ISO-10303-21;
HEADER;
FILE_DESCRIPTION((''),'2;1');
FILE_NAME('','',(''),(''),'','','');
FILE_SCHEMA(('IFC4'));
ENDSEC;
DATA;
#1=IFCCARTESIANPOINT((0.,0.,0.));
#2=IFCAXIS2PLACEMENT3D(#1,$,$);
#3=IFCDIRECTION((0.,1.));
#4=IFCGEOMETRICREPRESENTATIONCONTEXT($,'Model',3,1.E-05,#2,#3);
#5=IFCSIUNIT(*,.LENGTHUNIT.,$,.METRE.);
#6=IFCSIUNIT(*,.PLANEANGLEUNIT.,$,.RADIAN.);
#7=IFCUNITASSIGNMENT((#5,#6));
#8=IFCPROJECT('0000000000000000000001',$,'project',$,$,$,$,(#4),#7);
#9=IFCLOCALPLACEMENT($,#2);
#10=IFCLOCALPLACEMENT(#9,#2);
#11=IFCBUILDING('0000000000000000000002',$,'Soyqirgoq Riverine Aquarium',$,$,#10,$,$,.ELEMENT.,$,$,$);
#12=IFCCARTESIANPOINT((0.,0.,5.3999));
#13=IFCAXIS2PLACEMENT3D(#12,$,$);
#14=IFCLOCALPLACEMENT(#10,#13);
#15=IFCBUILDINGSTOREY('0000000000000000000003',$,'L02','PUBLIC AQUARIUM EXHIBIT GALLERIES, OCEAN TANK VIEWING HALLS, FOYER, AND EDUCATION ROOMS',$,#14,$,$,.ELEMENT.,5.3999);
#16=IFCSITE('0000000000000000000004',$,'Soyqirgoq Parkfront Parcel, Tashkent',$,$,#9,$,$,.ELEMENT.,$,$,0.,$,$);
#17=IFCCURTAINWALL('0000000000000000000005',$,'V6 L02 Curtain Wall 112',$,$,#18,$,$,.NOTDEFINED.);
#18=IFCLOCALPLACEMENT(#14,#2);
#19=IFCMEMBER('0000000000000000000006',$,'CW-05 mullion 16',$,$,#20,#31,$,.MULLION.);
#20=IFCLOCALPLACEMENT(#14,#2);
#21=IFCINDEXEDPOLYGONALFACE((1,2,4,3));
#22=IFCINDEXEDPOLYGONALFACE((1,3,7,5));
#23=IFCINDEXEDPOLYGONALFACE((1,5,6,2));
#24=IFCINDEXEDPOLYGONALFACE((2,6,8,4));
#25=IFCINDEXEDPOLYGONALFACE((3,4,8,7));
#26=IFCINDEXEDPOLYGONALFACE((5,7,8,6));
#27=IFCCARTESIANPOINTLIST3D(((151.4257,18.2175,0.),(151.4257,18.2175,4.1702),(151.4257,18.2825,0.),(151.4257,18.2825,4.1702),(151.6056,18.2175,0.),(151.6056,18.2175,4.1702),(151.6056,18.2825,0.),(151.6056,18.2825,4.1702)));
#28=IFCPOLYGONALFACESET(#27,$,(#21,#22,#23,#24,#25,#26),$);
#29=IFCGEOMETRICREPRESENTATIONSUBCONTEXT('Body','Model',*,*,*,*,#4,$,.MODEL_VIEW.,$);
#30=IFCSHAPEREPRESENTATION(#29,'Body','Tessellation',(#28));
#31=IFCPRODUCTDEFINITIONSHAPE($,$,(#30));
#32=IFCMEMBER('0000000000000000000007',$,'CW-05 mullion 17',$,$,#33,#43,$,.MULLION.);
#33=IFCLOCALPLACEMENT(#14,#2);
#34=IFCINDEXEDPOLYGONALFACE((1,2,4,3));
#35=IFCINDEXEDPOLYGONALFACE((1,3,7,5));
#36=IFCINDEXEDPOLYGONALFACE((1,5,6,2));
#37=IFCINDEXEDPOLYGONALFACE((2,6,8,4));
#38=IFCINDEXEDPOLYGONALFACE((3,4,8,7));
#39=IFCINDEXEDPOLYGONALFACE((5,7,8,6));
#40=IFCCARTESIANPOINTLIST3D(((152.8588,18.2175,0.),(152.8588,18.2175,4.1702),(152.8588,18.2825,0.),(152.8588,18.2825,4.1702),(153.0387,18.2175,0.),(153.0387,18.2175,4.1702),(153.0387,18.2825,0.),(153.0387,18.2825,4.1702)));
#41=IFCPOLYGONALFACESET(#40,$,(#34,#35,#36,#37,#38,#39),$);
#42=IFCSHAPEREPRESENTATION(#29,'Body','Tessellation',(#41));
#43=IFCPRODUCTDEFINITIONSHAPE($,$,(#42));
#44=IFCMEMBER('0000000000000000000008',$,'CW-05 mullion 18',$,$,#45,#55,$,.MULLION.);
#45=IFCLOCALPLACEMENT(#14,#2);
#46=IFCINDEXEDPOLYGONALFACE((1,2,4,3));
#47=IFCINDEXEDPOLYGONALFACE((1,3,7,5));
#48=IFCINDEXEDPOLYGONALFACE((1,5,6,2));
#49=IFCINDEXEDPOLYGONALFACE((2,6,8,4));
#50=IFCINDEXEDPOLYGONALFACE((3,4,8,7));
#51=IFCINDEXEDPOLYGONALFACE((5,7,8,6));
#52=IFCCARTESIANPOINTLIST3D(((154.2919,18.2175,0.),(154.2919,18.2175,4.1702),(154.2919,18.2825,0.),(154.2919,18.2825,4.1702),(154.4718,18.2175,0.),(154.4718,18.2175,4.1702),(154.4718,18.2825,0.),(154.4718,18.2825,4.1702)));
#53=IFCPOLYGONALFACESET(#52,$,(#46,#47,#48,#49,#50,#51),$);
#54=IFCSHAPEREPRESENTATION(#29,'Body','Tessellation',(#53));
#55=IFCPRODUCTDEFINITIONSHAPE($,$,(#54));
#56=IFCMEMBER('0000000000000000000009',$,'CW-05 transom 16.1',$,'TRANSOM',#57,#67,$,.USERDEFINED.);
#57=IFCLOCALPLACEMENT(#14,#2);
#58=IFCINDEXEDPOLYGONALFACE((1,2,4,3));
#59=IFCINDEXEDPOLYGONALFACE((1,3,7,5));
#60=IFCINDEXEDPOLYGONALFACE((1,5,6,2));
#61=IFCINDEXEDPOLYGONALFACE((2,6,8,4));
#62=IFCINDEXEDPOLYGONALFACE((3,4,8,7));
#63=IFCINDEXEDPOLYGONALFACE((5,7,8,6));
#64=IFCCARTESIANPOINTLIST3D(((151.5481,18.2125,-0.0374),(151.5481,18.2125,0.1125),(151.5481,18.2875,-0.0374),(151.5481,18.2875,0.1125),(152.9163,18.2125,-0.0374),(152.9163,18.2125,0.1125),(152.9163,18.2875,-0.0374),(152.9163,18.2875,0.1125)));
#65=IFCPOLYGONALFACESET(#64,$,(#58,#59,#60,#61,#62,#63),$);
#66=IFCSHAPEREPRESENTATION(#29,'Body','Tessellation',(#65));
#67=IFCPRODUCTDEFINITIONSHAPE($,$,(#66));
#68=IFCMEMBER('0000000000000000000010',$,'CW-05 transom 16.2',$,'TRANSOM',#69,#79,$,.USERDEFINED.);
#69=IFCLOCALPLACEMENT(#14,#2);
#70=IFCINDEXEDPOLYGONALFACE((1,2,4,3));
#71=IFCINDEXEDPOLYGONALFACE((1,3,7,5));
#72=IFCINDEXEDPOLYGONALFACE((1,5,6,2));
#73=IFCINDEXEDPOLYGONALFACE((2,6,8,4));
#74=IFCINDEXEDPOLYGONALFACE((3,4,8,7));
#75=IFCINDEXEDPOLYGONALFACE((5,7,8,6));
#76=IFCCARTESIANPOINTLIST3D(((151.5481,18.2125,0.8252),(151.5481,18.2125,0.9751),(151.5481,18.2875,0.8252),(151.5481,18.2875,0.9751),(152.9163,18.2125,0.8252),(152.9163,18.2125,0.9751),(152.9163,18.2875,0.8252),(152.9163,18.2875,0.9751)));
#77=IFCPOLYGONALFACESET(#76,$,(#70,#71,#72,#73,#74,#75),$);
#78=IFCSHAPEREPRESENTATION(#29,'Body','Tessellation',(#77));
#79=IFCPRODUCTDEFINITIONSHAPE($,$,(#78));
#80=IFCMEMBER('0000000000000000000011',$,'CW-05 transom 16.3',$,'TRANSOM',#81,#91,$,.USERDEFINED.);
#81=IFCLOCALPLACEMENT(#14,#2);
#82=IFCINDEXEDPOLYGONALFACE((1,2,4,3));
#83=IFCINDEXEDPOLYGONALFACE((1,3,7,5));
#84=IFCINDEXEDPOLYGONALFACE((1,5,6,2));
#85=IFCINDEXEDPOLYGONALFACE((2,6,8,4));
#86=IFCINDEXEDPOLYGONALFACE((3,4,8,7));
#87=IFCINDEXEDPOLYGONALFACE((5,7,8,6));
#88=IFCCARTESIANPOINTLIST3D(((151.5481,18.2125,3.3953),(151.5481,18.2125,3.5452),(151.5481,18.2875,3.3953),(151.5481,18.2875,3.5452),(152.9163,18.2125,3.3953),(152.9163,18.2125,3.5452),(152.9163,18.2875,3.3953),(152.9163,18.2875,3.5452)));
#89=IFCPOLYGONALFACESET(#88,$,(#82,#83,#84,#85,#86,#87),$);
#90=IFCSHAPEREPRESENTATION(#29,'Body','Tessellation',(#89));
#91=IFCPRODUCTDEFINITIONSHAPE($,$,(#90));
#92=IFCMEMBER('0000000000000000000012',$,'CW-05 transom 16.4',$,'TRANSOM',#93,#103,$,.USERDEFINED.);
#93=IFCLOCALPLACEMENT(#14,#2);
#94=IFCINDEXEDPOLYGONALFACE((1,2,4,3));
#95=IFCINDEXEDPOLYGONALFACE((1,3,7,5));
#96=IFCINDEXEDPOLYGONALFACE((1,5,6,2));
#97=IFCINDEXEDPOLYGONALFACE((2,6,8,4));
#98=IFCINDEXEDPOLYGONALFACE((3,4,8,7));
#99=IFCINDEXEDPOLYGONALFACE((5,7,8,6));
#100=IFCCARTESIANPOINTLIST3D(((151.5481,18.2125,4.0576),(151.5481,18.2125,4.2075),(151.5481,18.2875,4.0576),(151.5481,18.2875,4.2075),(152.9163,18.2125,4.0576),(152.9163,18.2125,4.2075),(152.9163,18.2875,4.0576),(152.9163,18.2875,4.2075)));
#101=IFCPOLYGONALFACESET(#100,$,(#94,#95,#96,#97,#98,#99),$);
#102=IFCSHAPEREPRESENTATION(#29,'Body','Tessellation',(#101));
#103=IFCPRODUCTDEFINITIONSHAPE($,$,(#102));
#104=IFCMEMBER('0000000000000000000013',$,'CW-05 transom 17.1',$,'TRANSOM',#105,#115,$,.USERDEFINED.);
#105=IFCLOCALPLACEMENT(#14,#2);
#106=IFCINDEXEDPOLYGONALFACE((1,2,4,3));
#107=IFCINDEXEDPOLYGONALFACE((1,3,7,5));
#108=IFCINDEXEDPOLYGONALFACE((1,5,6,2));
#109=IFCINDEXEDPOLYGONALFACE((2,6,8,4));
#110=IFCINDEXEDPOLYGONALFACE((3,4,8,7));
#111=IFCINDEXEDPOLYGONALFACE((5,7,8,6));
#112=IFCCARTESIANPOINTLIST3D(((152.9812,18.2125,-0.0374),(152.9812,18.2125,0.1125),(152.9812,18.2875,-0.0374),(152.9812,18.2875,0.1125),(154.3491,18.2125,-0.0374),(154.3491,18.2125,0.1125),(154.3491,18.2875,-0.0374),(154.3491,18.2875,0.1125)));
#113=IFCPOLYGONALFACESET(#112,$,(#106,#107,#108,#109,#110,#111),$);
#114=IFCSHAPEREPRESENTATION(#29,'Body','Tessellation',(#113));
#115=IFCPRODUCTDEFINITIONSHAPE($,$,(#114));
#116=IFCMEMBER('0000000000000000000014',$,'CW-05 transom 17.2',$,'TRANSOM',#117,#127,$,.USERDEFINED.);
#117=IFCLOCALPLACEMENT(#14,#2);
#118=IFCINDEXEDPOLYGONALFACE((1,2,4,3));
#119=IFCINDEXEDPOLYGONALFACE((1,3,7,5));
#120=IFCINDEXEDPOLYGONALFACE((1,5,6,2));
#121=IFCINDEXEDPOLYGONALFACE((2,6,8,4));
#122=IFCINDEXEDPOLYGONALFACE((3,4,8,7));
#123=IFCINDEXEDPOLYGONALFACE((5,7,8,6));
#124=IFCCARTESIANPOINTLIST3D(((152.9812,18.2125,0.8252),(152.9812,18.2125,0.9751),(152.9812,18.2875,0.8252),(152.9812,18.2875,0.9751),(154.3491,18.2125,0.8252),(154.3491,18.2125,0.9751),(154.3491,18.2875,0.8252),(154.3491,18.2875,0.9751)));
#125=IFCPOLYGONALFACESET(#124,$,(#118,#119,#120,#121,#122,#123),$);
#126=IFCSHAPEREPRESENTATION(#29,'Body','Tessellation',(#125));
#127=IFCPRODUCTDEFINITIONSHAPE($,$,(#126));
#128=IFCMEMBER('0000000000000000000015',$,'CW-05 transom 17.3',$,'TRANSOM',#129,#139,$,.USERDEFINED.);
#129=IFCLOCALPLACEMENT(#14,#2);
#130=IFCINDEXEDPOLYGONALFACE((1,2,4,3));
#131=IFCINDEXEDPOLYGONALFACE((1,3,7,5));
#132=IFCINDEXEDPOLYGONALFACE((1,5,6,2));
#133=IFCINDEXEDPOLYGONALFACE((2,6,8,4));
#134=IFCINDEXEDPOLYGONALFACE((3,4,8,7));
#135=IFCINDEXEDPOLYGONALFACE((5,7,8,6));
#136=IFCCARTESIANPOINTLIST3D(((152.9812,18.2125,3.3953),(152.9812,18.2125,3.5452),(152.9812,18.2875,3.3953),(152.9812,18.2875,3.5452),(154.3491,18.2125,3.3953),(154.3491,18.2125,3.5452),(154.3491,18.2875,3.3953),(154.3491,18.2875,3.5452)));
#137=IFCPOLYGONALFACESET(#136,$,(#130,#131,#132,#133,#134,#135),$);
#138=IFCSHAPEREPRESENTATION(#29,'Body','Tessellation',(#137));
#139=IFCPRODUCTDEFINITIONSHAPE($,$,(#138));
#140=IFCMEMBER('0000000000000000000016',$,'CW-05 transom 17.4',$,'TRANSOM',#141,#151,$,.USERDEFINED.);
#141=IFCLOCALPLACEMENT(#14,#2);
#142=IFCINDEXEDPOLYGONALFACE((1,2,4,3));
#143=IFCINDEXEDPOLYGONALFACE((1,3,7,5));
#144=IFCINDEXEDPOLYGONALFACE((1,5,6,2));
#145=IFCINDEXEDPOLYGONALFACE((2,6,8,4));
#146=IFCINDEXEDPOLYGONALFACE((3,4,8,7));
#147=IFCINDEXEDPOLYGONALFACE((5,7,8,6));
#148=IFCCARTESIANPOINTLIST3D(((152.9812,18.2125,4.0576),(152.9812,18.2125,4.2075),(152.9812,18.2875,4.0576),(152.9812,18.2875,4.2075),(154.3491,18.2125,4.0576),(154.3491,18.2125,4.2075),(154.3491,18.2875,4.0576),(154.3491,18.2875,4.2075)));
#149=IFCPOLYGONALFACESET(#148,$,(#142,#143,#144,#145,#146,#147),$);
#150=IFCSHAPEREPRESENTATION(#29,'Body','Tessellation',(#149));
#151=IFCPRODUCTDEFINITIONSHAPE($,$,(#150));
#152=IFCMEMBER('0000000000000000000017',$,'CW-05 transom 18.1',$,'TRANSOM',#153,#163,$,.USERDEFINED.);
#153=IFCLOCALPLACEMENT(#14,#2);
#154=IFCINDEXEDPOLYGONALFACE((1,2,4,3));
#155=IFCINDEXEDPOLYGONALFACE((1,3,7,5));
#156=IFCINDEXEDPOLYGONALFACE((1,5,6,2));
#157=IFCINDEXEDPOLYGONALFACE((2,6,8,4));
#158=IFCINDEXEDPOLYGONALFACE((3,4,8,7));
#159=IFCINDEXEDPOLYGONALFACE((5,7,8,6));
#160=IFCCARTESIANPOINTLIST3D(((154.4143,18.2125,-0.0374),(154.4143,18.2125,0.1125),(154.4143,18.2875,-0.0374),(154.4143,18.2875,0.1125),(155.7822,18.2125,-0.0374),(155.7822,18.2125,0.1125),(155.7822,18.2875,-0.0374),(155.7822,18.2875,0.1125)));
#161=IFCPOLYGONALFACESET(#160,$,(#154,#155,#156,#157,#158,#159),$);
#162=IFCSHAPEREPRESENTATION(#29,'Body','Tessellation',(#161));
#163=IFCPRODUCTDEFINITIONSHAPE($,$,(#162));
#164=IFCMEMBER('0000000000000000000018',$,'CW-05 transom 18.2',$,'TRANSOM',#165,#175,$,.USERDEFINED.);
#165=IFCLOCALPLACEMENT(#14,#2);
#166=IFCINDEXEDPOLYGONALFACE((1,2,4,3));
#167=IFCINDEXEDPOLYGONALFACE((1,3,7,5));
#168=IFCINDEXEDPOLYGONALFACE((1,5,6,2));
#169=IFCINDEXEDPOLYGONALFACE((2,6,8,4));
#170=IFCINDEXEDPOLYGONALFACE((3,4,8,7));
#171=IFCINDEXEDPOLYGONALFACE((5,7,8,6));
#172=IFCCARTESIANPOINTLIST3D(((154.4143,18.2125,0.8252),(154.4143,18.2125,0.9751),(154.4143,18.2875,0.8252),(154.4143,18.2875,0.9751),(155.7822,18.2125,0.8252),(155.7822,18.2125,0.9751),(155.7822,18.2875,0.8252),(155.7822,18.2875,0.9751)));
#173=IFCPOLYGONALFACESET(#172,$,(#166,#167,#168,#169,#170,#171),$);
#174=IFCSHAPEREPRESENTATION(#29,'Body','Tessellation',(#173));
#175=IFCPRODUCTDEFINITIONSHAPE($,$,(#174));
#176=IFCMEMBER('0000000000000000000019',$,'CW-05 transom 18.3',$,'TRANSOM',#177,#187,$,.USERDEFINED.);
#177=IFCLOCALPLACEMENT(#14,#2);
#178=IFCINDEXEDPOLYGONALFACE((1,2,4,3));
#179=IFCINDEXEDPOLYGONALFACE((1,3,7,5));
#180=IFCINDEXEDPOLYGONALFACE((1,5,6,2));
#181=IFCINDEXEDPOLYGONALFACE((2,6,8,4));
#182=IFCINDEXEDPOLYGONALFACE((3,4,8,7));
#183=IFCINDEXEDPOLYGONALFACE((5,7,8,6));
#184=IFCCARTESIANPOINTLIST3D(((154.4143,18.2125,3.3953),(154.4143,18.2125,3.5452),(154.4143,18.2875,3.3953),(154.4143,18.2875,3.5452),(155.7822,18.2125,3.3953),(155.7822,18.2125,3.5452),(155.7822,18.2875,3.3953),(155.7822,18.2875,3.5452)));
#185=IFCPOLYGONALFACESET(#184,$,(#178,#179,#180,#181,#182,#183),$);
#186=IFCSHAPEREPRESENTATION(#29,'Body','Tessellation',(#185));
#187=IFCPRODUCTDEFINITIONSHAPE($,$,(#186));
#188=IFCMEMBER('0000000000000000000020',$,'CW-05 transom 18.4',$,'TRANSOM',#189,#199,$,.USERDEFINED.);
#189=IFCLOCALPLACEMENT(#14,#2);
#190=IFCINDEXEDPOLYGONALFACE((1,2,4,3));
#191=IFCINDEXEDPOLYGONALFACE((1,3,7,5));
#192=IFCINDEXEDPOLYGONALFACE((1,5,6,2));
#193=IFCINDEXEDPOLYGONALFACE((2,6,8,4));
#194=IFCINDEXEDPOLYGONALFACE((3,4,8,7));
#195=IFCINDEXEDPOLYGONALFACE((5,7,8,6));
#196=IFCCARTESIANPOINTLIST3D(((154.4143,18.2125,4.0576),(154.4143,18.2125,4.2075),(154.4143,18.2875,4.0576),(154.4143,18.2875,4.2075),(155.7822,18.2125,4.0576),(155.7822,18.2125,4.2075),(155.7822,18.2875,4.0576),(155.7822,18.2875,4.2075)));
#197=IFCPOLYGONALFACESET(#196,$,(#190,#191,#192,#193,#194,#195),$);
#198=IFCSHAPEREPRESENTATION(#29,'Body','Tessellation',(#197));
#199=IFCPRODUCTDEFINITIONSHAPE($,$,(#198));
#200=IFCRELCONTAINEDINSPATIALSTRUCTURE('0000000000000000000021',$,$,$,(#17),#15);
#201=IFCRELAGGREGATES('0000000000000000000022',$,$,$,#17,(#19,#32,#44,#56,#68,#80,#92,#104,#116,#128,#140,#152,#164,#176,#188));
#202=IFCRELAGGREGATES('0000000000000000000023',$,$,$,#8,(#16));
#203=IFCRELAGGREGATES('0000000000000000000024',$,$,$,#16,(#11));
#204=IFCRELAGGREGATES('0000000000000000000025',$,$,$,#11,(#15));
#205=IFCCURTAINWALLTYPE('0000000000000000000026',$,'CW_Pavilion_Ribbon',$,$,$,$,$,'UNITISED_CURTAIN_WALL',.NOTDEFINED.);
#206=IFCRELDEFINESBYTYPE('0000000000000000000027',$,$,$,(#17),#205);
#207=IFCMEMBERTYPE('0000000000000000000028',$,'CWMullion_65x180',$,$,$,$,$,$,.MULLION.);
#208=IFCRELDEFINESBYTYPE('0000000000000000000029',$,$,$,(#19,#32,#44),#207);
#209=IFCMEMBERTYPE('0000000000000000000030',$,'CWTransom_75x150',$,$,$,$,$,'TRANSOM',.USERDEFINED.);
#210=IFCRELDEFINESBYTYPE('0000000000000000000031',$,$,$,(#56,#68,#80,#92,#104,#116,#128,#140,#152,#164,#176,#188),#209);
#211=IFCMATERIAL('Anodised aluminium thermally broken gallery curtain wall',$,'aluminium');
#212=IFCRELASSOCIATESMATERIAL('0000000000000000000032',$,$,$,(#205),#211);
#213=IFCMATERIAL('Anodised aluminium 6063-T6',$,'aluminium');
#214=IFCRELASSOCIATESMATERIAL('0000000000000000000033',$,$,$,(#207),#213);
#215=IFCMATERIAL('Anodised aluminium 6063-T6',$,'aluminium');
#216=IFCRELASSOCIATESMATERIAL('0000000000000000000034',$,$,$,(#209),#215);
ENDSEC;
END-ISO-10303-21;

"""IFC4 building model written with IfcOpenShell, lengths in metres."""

from ifc_helpers import new_model, si_unit, direction, frame, origin, origin_2d, place, context, subcontext, project, spatial, rectangle, extrude, material, material_profile, profile_set, type_object, element, aggregate, save


model = new_model("IFC4")

# Units and contexts
model_context = context("Model", 3, precision=1e-05, world=origin(), true_north=direction((0.0, 1.0)))
body_context = subcontext(model_context, "Body", "Model", "MODEL_VIEW")
ifc_project = project(units=[si_unit("LENGTHUNIT", "METRE"), si_unit("PLANEANGLEUNIT", "RADIAN")], contexts=[model_context])

# Site, building, storey
site_placement = place(None, origin())
site = spatial("IfcSite", under=ifc_project, at=site_placement, Name="Soyqirgoq Parkfront Parcel, Tashkent", CompositionType="ELEMENT", RefElevation=0.0)
building_placement = place(site_placement, origin())
building = spatial("IfcBuilding", under=site, at=building_placement, Name="Soyqirgoq Riverine Aquarium", CompositionType="ELEMENT")
storey_placement = place(building_placement, frame((0.0, 0.0, 5.3999)))
storey = spatial("IfcBuildingStorey", under=building, at=storey_placement, Name="L02", Description="PUBLIC AQUARIUM EXHIBIT GALLERIES, OCEAN TANK VIEWING HALLS, FOYER, AND EDUCATION ROOMS", CompositionType="ELEMENT", Elevation=5.3999)

# Curtain wall, members
ifc_material_1 = material(Name="Anodised aluminium thermally broken gallery curtain wall", Category="aluminium")
curtain_wall_type = type_object("IfcCurtainWallType", Name="CW_Pavilion_Ribbon", ElementType="UNITISED_CURTAIN_WALL", PredefinedType="NOTDEFINED", material=ifc_material_1)
curtain_wall_placement = place(storey_placement, origin())
curtain_wall = element("IfcCurtainWall", 1, at=curtain_wall_placement, inside=storey, type_object=curtain_wall_type, Name="V6 L02 Curtain Wall 112", PredefinedType="NOTDEFINED")
ifc_material_2 = material(Name="Anodised aluminium 6063-T6", Category="aluminium")
ifc_material_profile_1 = material_profile(ifc_material_2, rectangle(XDim=0.0649, YDim=0.1799, at=origin_2d()), Name="ALU-M 65x180")
ifc_profile_set_1 = profile_set([ifc_material_profile_1], Name="Anodised aluminium 6063-T6")
member_type_1 = type_object("IfcMemberType", Name="CWMullion_65x180", PredefinedType="MULLION", material=ifc_profile_set_1)
member_1_placement = place(storey_placement, frame((151.5156, 18.25, 0.0), z_axis=(0.0, 0.0, 1.0), x_axis=(0.0, 1.0, 0.0)))
member_1 = element("IfcMember", 2, at=member_1_placement, type_object=member_type_1, Name="CW-05 mullion 16", PredefinedType="MULLION", context=body_context, shape_type="SweptSolid", body=[
    extrude(rectangle(XDim=0.0649, YDim=0.1799, at=origin_2d()), origin(), (0.0, 0.0, 1.0), 4.1702),
])
member_2_placement = place(storey_placement, frame((152.9487, 18.25, 0.0), z_axis=(0.0, 0.0, 1.0), x_axis=(0.0, 1.0, 0.0)))
member_2 = element("IfcMember", 3, at=member_2_placement, type_object=member_type_1, Name="CW-05 mullion 17", PredefinedType="MULLION", context=body_context, shape_type="SweptSolid", body=[
    extrude(rectangle(XDim=0.0649, YDim=0.1799, at=origin_2d()), origin(), (0.0, 0.0, 1.0), 4.1702),
])
member_3_placement = place(storey_placement, frame((154.3818, 18.25, 0.0), z_axis=(0.0, 0.0, 1.0), x_axis=(0.0, 1.0, 0.0)))
member_3 = element("IfcMember", 4, at=member_3_placement, type_object=member_type_1, Name="CW-05 mullion 18", PredefinedType="MULLION", context=body_context, shape_type="SweptSolid", body=[
    extrude(rectangle(XDim=0.0649, YDim=0.1799, at=origin_2d()), origin(), (0.0, 0.0, 1.0), 4.1702),
])
ifc_material_3 = material(Name="Anodised aluminium 6063-T6", Category="aluminium")
ifc_material_profile_2 = material_profile(ifc_material_3, rectangle(XDim=0.075, YDim=0.1499, at=origin_2d()), Name="ALU-T 75x150")
ifc_profile_set_2 = profile_set([ifc_material_profile_2], Name="Anodised aluminium 6063-T6")
member_type_2 = type_object("IfcMemberType", Name="CWTransom_75x150", ElementType="TRANSOM", PredefinedType="USERDEFINED", material=ifc_profile_set_2)
member_4_placement = place(storey_placement, frame((151.5481, 18.25, 0.0376), z_axis=(1.0, 0.0, 0.0), x_axis=(0.0, 1.0, 0.0)))
member_4 = element("IfcMember", 5, at=member_4_placement, type_object=member_type_2, Name="CW-05 transom 16.1", ObjectType="TRANSOM", PredefinedType="USERDEFINED", context=body_context, shape_type="SweptSolid", body=[
    extrude(rectangle(XDim=0.075, YDim=0.1499, at=origin_2d()), origin(), (0.0, 0.0, 1.0), 1.3682),
])
member_5_placement = place(storey_placement, frame((151.5481, 18.25, 0.9001), z_axis=(1.0, 0.0, 0.0), x_axis=(0.0, 1.0, 0.0)))
member_5 = element("IfcMember", 6, at=member_5_placement, type_object=member_type_2, Name="CW-05 transom 16.2", ObjectType="TRANSOM", PredefinedType="USERDEFINED", context=body_context, shape_type="SweptSolid", body=[
    extrude(rectangle(XDim=0.075, YDim=0.1499, at=origin_2d()), origin(), (0.0, 0.0, 1.0), 1.3682),
])
member_6_placement = place(storey_placement, frame((151.5481, 18.25, 3.4702), z_axis=(1.0, 0.0, 0.0), x_axis=(0.0, 1.0, 0.0)))
member_6 = element("IfcMember", 7, at=member_6_placement, type_object=member_type_2, Name="CW-05 transom 16.3", ObjectType="TRANSOM", PredefinedType="USERDEFINED", context=body_context, shape_type="SweptSolid", body=[
    extrude(rectangle(XDim=0.075, YDim=0.1499, at=origin_2d()), origin(), (0.0, 0.0, 1.0), 1.3682),
])
member_7_placement = place(storey_placement, frame((151.5481, 18.25, 4.1326), z_axis=(1.0, 0.0, 0.0), x_axis=(0.0, 1.0, 0.0)))
member_7 = element("IfcMember", 8, at=member_7_placement, type_object=member_type_2, Name="CW-05 transom 16.4", ObjectType="TRANSOM", PredefinedType="USERDEFINED", context=body_context, shape_type="SweptSolid", body=[
    extrude(rectangle(XDim=0.075, YDim=0.1499, at=origin_2d()), origin(), (0.0, 0.0, 1.0), 1.3682),
])
member_8_placement = place(storey_placement, frame((152.9812, 18.25, 0.0376), z_axis=(1.0, 0.0, 0.0), x_axis=(0.0, 1.0, 0.0)))
member_8 = element("IfcMember", 9, at=member_8_placement, type_object=member_type_2, Name="CW-05 transom 17.1", ObjectType="TRANSOM", PredefinedType="USERDEFINED", context=body_context, shape_type="SweptSolid", body=[
    extrude(rectangle(XDim=0.075, YDim=0.1499, at=origin_2d()), origin(), (0.0, 0.0, 1.0), 1.3679),
])
member_9_placement = place(storey_placement, frame((152.9812, 18.25, 0.9001), z_axis=(1.0, 0.0, 0.0), x_axis=(0.0, 1.0, 0.0)))
member_9 = element("IfcMember", 10, at=member_9_placement, type_object=member_type_2, Name="CW-05 transom 17.2", ObjectType="TRANSOM", PredefinedType="USERDEFINED", context=body_context, shape_type="SweptSolid", body=[
    extrude(rectangle(XDim=0.075, YDim=0.1499, at=origin_2d()), origin(), (0.0, 0.0, 1.0), 1.3679),
])
member_10_placement = place(storey_placement, frame((152.9812, 18.25, 3.4702), z_axis=(1.0, 0.0, 0.0), x_axis=(0.0, 1.0, 0.0)))
member_10 = element("IfcMember", 11, at=member_10_placement, type_object=member_type_2, Name="CW-05 transom 17.3", ObjectType="TRANSOM", PredefinedType="USERDEFINED", context=body_context, shape_type="SweptSolid", body=[
    extrude(rectangle(XDim=0.075, YDim=0.1499, at=origin_2d()), origin(), (0.0, 0.0, 1.0), 1.3679),
])
member_11_placement = place(storey_placement, frame((152.9812, 18.25, 4.1326), z_axis=(1.0, 0.0, 0.0), x_axis=(0.0, 1.0, 0.0)))
member_11 = element("IfcMember", 12, at=member_11_placement, type_object=member_type_2, Name="CW-05 transom 17.4", ObjectType="TRANSOM", PredefinedType="USERDEFINED", context=body_context, shape_type="SweptSolid", body=[
    extrude(rectangle(XDim=0.075, YDim=0.1499, at=origin_2d()), origin(), (0.0, 0.0, 1.0), 1.3679),
])
member_12_placement = place(storey_placement, frame((154.4143, 18.25, 0.0376), z_axis=(1.0, 0.0, 0.0), x_axis=(0.0, 1.0, 0.0)))
member_12 = element("IfcMember", 13, at=member_12_placement, type_object=member_type_2, Name="CW-05 transom 18.1", ObjectType="TRANSOM", PredefinedType="USERDEFINED", context=body_context, shape_type="SweptSolid", body=[
    extrude(rectangle(XDim=0.075, YDim=0.1499, at=origin_2d()), origin(), (0.0, 0.0, 1.0), 1.3679),
])
member_13_placement = place(storey_placement, frame((154.4143, 18.25, 0.9001), z_axis=(1.0, 0.0, 0.0), x_axis=(0.0, 1.0, 0.0)))
member_13 = element("IfcMember", 14, at=member_13_placement, type_object=member_type_2, Name="CW-05 transom 18.2", ObjectType="TRANSOM", PredefinedType="USERDEFINED", context=body_context, shape_type="SweptSolid", body=[
    extrude(rectangle(XDim=0.075, YDim=0.1499, at=origin_2d()), origin(), (0.0, 0.0, 1.0), 1.3679),
])
member_14_placement = place(storey_placement, frame((154.4143, 18.25, 3.4702), z_axis=(1.0, 0.0, 0.0), x_axis=(0.0, 1.0, 0.0)))
member_14 = element("IfcMember", 15, at=member_14_placement, type_object=member_type_2, Name="CW-05 transom 18.3", ObjectType="TRANSOM", PredefinedType="USERDEFINED", context=body_context, shape_type="SweptSolid", body=[
    extrude(rectangle(XDim=0.075, YDim=0.1499, at=origin_2d()), origin(), (0.0, 0.0, 1.0), 1.3679),
])
member_15_placement = place(storey_placement, frame((154.4143, 18.25, 4.1326), z_axis=(1.0, 0.0, 0.0), x_axis=(0.0, 1.0, 0.0)))
member_15 = element("IfcMember", 16, at=member_15_placement, type_object=member_type_2, Name="CW-05 transom 18.4", ObjectType="TRANSOM", PredefinedType="USERDEFINED", context=body_context, shape_type="SweptSolid", body=[
    extrude(rectangle(XDim=0.075, YDim=0.1499, at=origin_2d()), origin(), (0.0, 0.0, 1.0), 1.3679),
])
aggregate(curtain_wall, [member_1, member_2, member_3, member_4, member_5, member_6, member_7, member_8, member_9, member_10, member_11, member_12, member_13, member_14, member_15])

save(model, "model.ifc")
